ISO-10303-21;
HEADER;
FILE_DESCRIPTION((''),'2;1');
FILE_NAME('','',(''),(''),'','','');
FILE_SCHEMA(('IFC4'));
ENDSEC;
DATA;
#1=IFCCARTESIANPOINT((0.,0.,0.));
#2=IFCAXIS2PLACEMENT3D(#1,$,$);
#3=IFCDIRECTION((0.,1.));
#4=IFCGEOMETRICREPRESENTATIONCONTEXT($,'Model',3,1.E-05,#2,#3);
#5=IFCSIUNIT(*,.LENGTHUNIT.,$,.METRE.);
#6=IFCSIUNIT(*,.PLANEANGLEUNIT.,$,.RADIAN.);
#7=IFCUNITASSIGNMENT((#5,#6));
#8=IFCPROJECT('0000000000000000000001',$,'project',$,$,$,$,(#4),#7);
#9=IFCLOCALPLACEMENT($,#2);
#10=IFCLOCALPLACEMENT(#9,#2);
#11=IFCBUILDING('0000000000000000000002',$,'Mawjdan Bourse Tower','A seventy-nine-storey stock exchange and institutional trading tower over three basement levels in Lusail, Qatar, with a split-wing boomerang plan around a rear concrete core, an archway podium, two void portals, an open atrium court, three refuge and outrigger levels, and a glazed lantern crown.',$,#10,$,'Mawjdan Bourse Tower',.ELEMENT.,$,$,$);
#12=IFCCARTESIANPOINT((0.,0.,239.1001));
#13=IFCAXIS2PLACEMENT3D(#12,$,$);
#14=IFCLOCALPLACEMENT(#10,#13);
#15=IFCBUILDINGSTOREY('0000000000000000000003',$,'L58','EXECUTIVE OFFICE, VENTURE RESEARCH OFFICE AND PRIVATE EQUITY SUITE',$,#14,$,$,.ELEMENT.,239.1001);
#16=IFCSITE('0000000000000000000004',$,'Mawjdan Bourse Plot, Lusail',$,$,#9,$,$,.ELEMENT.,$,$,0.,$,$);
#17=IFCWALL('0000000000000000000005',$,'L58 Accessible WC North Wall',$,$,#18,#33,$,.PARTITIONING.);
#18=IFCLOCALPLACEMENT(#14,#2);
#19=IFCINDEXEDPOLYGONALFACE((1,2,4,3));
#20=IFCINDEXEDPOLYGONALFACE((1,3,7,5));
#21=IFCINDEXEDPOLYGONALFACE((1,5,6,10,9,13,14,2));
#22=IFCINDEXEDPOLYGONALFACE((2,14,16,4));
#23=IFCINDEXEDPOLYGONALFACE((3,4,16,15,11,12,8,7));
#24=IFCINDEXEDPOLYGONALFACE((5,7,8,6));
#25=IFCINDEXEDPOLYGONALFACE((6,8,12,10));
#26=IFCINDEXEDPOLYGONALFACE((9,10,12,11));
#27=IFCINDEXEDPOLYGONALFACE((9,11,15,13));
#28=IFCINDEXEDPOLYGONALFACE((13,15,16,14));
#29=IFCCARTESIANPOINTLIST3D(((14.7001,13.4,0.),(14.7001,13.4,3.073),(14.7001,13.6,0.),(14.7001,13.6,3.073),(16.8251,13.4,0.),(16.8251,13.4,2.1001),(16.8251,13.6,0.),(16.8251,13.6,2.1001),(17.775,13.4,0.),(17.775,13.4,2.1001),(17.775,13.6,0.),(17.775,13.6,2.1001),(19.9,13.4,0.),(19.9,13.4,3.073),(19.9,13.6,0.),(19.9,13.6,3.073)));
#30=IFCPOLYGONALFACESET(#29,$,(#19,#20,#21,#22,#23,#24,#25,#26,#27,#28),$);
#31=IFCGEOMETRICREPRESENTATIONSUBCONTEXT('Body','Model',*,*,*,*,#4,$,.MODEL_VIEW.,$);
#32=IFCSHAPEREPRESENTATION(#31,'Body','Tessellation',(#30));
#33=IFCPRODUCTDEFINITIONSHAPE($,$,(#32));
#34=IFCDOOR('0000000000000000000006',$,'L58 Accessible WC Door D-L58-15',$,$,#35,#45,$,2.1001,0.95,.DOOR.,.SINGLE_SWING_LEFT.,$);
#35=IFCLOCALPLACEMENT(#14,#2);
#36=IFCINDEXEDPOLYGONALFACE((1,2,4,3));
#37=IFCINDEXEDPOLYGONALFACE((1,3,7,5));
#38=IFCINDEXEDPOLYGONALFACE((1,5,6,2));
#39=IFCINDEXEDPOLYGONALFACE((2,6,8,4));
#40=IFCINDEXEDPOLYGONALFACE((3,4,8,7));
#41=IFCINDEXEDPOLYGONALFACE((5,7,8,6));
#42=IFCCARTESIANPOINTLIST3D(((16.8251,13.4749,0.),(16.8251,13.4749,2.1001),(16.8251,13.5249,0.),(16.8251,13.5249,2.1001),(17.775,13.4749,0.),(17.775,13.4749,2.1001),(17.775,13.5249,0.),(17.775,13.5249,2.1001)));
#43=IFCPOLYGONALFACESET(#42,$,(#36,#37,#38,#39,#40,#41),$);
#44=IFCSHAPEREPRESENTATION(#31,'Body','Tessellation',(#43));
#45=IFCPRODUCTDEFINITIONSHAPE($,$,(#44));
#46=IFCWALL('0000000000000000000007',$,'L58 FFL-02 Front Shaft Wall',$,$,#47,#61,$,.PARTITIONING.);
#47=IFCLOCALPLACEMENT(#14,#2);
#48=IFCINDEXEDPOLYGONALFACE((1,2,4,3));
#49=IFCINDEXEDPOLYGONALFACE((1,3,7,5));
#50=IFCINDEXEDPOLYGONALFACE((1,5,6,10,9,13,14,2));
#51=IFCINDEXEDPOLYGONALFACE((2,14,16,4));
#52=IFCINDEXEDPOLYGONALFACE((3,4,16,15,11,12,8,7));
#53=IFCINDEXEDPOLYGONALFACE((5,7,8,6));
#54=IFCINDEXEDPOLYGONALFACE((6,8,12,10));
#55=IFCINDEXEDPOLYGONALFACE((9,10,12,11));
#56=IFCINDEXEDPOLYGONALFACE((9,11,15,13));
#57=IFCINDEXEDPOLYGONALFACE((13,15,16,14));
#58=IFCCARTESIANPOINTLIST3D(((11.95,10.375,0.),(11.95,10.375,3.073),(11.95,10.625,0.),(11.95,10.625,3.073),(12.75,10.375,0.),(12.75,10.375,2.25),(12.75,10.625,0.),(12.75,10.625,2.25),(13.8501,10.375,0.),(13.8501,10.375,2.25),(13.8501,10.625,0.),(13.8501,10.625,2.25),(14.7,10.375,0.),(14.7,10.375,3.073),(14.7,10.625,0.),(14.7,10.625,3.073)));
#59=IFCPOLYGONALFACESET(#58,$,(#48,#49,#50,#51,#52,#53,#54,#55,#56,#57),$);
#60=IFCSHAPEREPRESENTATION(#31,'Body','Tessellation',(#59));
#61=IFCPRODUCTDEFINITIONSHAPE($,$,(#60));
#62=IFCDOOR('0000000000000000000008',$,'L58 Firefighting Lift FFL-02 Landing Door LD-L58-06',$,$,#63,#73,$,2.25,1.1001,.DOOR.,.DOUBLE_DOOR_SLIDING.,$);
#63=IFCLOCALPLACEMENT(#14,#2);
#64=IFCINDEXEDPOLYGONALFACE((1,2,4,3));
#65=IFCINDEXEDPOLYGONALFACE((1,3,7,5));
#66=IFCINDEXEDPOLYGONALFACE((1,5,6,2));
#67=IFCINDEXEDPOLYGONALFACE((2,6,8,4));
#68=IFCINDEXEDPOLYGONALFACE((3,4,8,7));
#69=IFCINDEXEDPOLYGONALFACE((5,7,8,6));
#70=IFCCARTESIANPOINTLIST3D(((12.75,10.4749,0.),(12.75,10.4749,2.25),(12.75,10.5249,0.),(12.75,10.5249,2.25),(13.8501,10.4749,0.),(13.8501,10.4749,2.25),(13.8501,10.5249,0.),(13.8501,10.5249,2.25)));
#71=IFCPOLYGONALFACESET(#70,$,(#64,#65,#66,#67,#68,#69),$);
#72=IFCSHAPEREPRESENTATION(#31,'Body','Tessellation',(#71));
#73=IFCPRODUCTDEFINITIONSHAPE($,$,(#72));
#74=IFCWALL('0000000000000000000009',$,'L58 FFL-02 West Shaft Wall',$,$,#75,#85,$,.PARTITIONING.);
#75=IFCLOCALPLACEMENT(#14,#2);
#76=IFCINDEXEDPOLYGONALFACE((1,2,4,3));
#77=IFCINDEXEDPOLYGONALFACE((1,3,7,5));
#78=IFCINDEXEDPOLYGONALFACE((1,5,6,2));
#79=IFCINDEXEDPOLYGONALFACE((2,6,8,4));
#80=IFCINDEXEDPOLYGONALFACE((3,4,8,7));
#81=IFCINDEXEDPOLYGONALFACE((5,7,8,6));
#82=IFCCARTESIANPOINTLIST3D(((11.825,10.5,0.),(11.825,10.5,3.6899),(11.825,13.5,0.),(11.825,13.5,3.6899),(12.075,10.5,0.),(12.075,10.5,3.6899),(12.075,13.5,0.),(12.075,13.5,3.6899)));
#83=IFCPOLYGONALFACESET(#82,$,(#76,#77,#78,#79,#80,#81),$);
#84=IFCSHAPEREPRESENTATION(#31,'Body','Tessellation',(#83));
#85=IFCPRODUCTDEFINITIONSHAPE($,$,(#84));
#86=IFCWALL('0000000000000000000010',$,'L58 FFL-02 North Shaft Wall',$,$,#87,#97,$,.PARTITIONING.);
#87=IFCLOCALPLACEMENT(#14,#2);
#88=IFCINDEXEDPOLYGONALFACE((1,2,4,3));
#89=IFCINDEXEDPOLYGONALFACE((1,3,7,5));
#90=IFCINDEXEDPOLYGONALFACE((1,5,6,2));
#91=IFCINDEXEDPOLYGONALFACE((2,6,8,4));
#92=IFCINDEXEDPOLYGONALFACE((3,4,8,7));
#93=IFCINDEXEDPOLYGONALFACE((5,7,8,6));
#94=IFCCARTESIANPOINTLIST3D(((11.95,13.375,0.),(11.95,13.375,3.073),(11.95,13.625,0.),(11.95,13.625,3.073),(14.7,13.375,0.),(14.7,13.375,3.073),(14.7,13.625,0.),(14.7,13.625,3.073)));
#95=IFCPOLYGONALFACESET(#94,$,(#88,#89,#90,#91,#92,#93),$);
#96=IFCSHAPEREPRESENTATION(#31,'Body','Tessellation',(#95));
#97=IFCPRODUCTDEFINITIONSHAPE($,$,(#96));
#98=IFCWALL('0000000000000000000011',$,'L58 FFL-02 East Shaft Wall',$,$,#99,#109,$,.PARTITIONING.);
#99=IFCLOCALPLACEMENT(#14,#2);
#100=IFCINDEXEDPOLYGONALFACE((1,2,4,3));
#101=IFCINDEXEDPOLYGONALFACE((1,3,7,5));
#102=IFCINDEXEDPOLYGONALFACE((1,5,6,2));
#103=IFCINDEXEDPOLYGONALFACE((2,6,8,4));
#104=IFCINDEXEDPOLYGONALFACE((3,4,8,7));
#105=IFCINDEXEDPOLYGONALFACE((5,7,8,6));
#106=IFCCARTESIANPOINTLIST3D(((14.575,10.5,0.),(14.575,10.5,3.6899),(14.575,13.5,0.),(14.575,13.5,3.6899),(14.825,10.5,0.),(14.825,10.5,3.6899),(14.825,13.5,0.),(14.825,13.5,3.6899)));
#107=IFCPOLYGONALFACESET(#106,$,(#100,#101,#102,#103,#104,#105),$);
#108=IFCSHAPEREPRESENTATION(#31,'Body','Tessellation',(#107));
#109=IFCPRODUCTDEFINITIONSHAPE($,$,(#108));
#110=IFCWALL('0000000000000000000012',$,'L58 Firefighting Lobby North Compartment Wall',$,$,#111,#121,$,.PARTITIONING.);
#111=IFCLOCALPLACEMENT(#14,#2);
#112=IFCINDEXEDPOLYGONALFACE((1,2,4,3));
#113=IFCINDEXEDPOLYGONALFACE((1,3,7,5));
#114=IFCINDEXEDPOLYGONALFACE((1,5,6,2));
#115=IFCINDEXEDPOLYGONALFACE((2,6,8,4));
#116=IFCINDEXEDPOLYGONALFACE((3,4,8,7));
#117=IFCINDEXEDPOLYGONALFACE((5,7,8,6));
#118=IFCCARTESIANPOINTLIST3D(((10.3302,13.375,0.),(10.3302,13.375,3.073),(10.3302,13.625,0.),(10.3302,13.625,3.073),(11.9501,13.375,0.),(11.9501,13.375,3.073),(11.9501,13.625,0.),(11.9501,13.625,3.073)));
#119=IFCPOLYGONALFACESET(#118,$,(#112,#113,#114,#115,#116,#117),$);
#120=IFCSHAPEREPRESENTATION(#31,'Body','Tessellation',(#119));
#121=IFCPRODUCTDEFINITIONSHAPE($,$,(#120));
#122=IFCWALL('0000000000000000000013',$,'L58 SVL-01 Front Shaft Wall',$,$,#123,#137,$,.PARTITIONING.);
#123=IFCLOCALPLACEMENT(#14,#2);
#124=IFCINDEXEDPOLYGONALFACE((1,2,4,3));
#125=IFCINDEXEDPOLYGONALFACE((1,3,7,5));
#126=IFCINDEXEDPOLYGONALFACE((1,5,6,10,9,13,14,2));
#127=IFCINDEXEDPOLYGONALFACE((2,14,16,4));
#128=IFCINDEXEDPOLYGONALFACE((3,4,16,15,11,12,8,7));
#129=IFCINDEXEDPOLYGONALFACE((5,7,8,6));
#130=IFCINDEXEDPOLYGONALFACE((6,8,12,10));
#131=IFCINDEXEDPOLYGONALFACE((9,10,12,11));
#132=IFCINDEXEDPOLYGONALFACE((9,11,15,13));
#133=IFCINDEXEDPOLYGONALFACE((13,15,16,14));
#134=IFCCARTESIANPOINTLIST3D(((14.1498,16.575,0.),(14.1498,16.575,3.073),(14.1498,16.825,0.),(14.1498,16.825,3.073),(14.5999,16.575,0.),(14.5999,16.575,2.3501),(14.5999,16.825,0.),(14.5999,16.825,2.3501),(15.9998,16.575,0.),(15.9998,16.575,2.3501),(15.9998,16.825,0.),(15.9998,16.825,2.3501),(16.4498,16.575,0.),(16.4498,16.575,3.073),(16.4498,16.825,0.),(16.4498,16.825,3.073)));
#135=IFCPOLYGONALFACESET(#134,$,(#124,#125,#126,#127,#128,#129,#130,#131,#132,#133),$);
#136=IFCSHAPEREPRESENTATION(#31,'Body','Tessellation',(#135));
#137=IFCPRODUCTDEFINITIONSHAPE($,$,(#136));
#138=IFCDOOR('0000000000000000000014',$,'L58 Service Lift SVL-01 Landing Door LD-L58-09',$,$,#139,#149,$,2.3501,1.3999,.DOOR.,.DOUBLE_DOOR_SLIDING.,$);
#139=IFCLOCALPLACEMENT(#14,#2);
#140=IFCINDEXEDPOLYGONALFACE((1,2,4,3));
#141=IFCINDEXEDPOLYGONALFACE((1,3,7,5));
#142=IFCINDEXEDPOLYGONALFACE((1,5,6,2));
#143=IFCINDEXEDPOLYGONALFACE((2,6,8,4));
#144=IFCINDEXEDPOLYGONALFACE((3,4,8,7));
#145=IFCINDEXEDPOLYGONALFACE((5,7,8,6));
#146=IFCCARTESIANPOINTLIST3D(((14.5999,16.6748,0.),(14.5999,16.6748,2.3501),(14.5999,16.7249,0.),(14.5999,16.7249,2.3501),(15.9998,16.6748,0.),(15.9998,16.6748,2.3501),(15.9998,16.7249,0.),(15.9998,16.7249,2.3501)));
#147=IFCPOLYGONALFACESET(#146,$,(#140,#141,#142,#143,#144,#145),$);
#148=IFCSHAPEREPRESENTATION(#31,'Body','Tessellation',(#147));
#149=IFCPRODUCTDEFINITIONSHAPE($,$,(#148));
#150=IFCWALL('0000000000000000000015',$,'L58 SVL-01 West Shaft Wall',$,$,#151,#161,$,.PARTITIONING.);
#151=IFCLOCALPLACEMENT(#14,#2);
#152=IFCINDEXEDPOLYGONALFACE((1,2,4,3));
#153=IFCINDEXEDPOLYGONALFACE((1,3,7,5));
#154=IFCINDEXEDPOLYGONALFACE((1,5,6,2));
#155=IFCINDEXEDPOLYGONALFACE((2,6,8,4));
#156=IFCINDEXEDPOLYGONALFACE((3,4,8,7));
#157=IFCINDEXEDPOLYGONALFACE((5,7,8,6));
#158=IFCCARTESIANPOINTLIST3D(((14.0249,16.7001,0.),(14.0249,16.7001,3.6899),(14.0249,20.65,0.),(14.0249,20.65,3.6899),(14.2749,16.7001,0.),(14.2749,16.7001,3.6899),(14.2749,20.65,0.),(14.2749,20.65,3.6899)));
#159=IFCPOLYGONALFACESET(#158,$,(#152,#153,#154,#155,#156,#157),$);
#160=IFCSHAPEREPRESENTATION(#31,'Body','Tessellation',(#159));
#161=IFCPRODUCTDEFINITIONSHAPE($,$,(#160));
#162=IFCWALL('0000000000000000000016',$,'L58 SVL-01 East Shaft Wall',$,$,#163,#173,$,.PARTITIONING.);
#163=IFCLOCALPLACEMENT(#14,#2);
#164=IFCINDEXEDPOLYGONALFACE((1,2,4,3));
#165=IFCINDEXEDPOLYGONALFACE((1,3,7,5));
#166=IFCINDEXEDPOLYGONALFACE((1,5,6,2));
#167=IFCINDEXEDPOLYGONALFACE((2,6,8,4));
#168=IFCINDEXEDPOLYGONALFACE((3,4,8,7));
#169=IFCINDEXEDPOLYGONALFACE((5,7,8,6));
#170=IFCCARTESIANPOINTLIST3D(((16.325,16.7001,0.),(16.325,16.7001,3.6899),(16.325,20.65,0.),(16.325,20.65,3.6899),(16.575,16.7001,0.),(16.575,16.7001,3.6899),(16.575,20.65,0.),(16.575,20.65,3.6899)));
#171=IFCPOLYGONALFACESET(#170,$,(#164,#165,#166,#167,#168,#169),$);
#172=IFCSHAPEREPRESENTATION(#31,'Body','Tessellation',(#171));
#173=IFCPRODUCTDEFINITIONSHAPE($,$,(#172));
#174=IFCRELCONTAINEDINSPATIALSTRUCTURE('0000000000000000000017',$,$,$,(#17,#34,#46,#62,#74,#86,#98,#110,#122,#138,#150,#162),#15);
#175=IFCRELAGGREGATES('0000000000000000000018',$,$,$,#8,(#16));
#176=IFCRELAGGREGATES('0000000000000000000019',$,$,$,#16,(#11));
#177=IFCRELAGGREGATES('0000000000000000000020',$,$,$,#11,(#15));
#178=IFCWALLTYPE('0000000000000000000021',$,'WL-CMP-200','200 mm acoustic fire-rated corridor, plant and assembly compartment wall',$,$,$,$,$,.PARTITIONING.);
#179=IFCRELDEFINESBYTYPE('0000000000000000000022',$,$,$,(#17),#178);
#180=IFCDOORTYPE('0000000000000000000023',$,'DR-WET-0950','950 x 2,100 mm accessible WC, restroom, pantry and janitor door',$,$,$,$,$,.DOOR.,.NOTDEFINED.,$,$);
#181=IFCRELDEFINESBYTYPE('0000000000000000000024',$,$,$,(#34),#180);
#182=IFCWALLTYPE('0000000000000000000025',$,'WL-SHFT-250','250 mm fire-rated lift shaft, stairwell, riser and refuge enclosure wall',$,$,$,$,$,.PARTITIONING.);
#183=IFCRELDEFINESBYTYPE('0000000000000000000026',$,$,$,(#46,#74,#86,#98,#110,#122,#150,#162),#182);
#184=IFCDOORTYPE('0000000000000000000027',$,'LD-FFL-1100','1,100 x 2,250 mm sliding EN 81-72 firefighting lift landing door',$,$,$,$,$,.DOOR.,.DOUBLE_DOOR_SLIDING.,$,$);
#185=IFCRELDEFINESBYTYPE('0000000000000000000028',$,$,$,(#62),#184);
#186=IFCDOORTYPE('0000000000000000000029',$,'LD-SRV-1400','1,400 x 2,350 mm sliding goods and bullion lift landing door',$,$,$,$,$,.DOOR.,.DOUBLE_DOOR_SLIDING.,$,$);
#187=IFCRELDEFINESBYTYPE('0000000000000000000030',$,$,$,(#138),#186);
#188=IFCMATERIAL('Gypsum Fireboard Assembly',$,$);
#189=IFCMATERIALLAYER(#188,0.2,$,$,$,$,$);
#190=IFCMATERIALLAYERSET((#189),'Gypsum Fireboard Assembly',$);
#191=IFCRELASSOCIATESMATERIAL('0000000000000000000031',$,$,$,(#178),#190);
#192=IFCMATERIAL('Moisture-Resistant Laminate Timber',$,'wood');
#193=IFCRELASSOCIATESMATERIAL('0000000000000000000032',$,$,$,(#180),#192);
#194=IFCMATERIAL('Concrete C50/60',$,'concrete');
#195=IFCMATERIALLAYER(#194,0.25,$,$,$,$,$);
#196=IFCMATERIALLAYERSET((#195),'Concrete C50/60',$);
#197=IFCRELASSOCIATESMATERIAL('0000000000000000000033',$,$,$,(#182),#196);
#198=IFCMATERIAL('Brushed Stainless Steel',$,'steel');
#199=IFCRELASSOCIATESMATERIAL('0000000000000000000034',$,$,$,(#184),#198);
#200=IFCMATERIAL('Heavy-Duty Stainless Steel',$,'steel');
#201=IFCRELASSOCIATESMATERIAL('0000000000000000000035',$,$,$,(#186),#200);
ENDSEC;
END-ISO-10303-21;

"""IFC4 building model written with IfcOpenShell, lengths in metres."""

from ifc_helpers import new_model, si_unit, direction, frame, frame_2d, origin, place, context, subcontext, project, spatial, rectangle, extrude, material, layer, layer_set, type_object, element, fill, save


model = new_model("IFC4")

# Units and contexts
model_context = context("Model", 3, precision=1e-05, world=origin(), true_north=direction((0.0, 1.0)))
body_context = subcontext(model_context, "Body", "Model", "MODEL_VIEW")
ifc_project = project(units=[si_unit("LENGTHUNIT", "METRE"), si_unit("PLANEANGLEUNIT", "RADIAN")], contexts=[model_context])

# Site, building, storey
site_placement = place(None, origin())
site = spatial("IfcSite", under=ifc_project, at=site_placement, Name="Mawjdan Bourse Plot, Lusail", CompositionType="ELEMENT", RefElevation=0.0)
building_placement = place(site_placement, origin())
building = spatial("IfcBuilding", under=site, at=building_placement, Name="Mawjdan Bourse Tower", Description="A seventy-nine-storey stock exchange and institutional trading tower over three basement levels in Lusail, Qatar, with a split-wing boomerang plan around a rear concrete core, an archway podium, two void portals, an open atrium court, three refuge and outrigger levels, and a glazed lantern crown.", LongName="Mawjdan Bourse Tower", CompositionType="ELEMENT")
storey_placement = place(building_placement, frame((0.0, 0.0, 239.1001)))
storey = spatial("IfcBuildingStorey", under=building, at=storey_placement, Name="L58", Description="EXECUTIVE OFFICE, VENTURE RESEARCH OFFICE AND PRIVATE EQUITY SUITE", CompositionType="ELEMENT", Elevation=239.1001)

# Shared definitions
ifc_material_1 = material(Name="Gypsum Fireboard Assembly")
ifc_layer_1 = layer(ifc_material_1, 0.2)
ifc_layer_set_1 = layer_set([ifc_layer_1], Name="Gypsum Fireboard Assembly")
wall_type_1 = type_object("IfcWallType", Name="WL-CMP-200", Description="200 mm acoustic fire-rated corridor, plant and assembly compartment wall", PredefinedType="PARTITIONING", material=ifc_layer_set_1)

# Walls, openings, doors
wall_1_placement = place(storey_placement, frame((14.7, 13.5, 0.0), z_axis=(0.0, 0.0, 1.0), x_axis=(1.0, 0.0, 0.0)))
wall_1 = element("IfcWall", 1, at=wall_1_placement, inside=storey, type_object=wall_type_1, Name="L58 Accessible WC North Wall", PredefinedType="PARTITIONING", context=body_context, shape_type="SweptSolid", body=[
    extrude(rectangle(XDim=5.2, YDim=0.2, at=frame_2d((2.6001, 0.0))), origin(), (0.0, 0.0, 1.0), 3.073),
])
opening_1_placement = place(wall_1_placement, frame((2.125, 0.0, 0.0)))
opening_1 = element("IfcOpeningElement", 2, at=opening_1_placement, cuts=wall_1, PredefinedType="OPENING", context=body_context, shape_type="SweptSolid", body=[
    extrude(rectangle(XDim=0.95, YDim=2.1001, at=frame_2d((0.4751, 1.05))), frame((0.0, 0.1099, 0.0), z_axis=(0.0, -1.0, 0.0), x_axis=(1.0, 0.0, 0.0)), (0.0, 0.0, 1.0), 0.22),
])
ifc_material_2 = material(Name="Moisture-Resistant Laminate Timber", Category="wood")
door_type_1 = type_object("IfcDoorType", Name="DR-WET-0950", Description="950 x 2,100 mm accessible WC, restroom, pantry and janitor door", OperationType="NOTDEFINED", PredefinedType="DOOR", material=ifc_material_2)
door_1_placement = place(opening_1_placement, origin())
door_1 = element("IfcDoor", 3, at=door_1_placement, inside=storey, type_object=door_type_1, Name="L58 Accessible WC Door D-L58-15", OperationType="SINGLE_SWING_LEFT", OverallHeight=2.1001, OverallWidth=0.95, PredefinedType="DOOR", context=body_context, shape_type="SweptSolid", body=[
    extrude(rectangle(XDim=0.95, YDim=2.1001, at=frame_2d((0.4751, 1.05))), frame((0.0, 0.0249, 0.0), z_axis=(0.0, -1.0, 0.0), x_axis=(1.0, 0.0, 0.0)), (0.0, 0.0, 1.0), 0.05),
])
fill(opening_1, door_1)
ifc_material_3 = material(Name="Concrete C50/60", Category="concrete")
ifc_layer_2 = layer(ifc_material_3, 0.25)
ifc_layer_set_2 = layer_set([ifc_layer_2], Name="Concrete C50/60")
wall_type_2 = type_object("IfcWallType", Name="WL-SHFT-250", Description="250 mm fire-rated lift shaft, stairwell, riser and refuge enclosure wall", PredefinedType="PARTITIONING", material=ifc_layer_set_2)
wall_2_placement = place(storey_placement, frame((11.95, 10.5, 0.0), z_axis=(0.0, 0.0, 1.0), x_axis=(1.0, 0.0, 0.0)))
wall_2 = element("IfcWall", 4, at=wall_2_placement, inside=storey, type_object=wall_type_2, Name="L58 FFL-02 Front Shaft Wall", PredefinedType="PARTITIONING", context=body_context, shape_type="SweptSolid", body=[
    extrude(rectangle(XDim=2.75, YDim=0.25, at=frame_2d((1.375, 0.0))), origin(), (0.0, 0.0, 1.0), 3.073),
])
opening_2_placement = place(wall_2_placement, frame((0.8, 0.0, 0.0)))
opening_2 = element("IfcOpeningElement", 5, at=opening_2_placement, cuts=wall_2, PredefinedType="OPENING", context=body_context, shape_type="SweptSolid", body=[
    extrude(rectangle(XDim=1.1001, YDim=2.25, at=frame_2d((0.55, 1.125))), frame((0.0, 0.135, 0.0), z_axis=(0.0, -1.0, 0.0), x_axis=(1.0, 0.0, 0.0)), (0.0, 0.0, 1.0), 0.27),
])
ifc_material_4 = material(Name="Brushed Stainless Steel", Category="steel")
door_type_2 = type_object("IfcDoorType", Name="LD-FFL-1100", Description="1,100 x 2,250 mm sliding EN 81-72 firefighting lift landing door", OperationType="DOUBLE_DOOR_SLIDING", PredefinedType="DOOR", material=ifc_material_4)
door_2_placement = place(opening_2_placement, origin())
door_2 = element("IfcDoor", 6, at=door_2_placement, inside=storey, type_object=door_type_2, Name="L58 Firefighting Lift FFL-02 Landing Door LD-L58-06", OperationType="DOUBLE_DOOR_SLIDING", OverallHeight=2.25, OverallWidth=1.1001, PredefinedType="DOOR", context=body_context, shape_type="SweptSolid", body=[
    extrude(rectangle(XDim=1.1001, YDim=2.25, at=frame_2d((0.55, 1.125))), frame((0.0, 0.0249, 0.0), z_axis=(0.0, -1.0, 0.0), x_axis=(1.0, 0.0, 0.0)), (0.0, 0.0, 1.0), 0.05),
])
fill(opening_2, door_2)

# Walls
wall_3_placement = place(storey_placement, frame((11.95, 10.5, 0.0), z_axis=(0.0, 0.0, 1.0), x_axis=(0.0, 1.0, 0.0)))
element("IfcWall", 7, at=wall_3_placement, inside=storey, type_object=wall_type_2, Name="L58 FFL-02 West Shaft Wall", PredefinedType="PARTITIONING", context=body_context, shape_type="SweptSolid", body=[
    extrude(rectangle(XDim=3.0, YDim=0.25, at=frame_2d((1.5, 0.0))), origin(), (0.0, 0.0, 1.0), 3.6899),
])
wall_4_placement = place(storey_placement, frame((11.95, 13.5, 0.0), z_axis=(0.0, 0.0, 1.0), x_axis=(1.0, 0.0, 0.0)))
element("IfcWall", 8, at=wall_4_placement, inside=storey, type_object=wall_type_2, Name="L58 FFL-02 North Shaft Wall", PredefinedType="PARTITIONING", context=body_context, shape_type="SweptSolid", body=[
    extrude(rectangle(XDim=2.75, YDim=0.25, at=frame_2d((1.375, 0.0))), origin(), (0.0, 0.0, 1.0), 3.073),
])
wall_5_placement = place(storey_placement, frame((14.7, 10.5, 0.0), z_axis=(0.0, 0.0, 1.0), x_axis=(0.0, 1.0, 0.0)))
element("IfcWall", 9, at=wall_5_placement, inside=storey, type_object=wall_type_2, Name="L58 FFL-02 East Shaft Wall", PredefinedType="PARTITIONING", context=body_context, shape_type="SweptSolid", body=[
    extrude(rectangle(XDim=3.0, YDim=0.25, at=frame_2d((1.5, 0.0))), origin(), (0.0, 0.0, 1.0), 3.6899),
])
wall_6_placement = place(storey_placement, frame((10.3301, 13.5, 0.0), z_axis=(0.0, 0.0, 1.0), x_axis=(1.0, 0.0, 0.0)))
element("IfcWall", 10, at=wall_6_placement, inside=storey, type_object=wall_type_2, Name="L58 Firefighting Lobby North Compartment Wall", PredefinedType="PARTITIONING", context=body_context, shape_type="SweptSolid", body=[
    extrude(rectangle(XDim=1.6199, YDim=0.25, at=frame_2d((0.8101, 0.0))), origin(), (0.0, 0.0, 1.0), 3.073),
])

# Wall, opening, door
wall_7_placement = place(storey_placement, frame((14.1499, 16.7, 0.0), z_axis=(0.0, 0.0, 1.0), x_axis=(1.0, 0.0, 0.0)))
wall_7 = element("IfcWall", 11, at=wall_7_placement, inside=storey, type_object=wall_type_2, Name="L58 SVL-01 Front Shaft Wall", PredefinedType="PARTITIONING", context=body_context, shape_type="SweptSolid", body=[
    extrude(rectangle(XDim=2.3, YDim=0.25, at=frame_2d((1.1499, 0.0))), origin(), (0.0, 0.0, 1.0), 3.073),
])
opening_3_placement = place(wall_7_placement, frame((0.45, 0.0, 0.0)))
opening_3 = element("IfcOpeningElement", 12, at=opening_3_placement, cuts=wall_7, PredefinedType="OPENING", context=body_context, shape_type="SweptSolid", body=[
    extrude(rectangle(XDim=1.3999, YDim=2.3501, at=frame_2d((0.7, 1.175))), frame((0.0, 0.135, 0.0), z_axis=(0.0, -1.0, 0.0), x_axis=(1.0, 0.0, 0.0)), (0.0, 0.0, 1.0), 0.27),
])
ifc_material_5 = material(Name="Heavy-Duty Stainless Steel", Category="steel")
door_type_3 = type_object("IfcDoorType", Name="LD-SRV-1400", Description="1,400 x 2,350 mm sliding goods and bullion lift landing door", OperationType="DOUBLE_DOOR_SLIDING", PredefinedType="DOOR", material=ifc_material_5)
door_3_placement = place(opening_3_placement, origin())
door_3 = element("IfcDoor", 13, at=door_3_placement, inside=storey, type_object=door_type_3, Name="L58 Service Lift SVL-01 Landing Door LD-L58-09", OperationType="DOUBLE_DOOR_SLIDING", OverallHeight=2.3501, OverallWidth=1.3999, PredefinedType="DOOR", context=body_context, shape_type="SweptSolid", body=[
    extrude(rectangle(XDim=1.3999, YDim=2.3501, at=frame_2d((0.7, 1.175))), frame((0.0, 0.0249, 0.0), z_axis=(0.0, -1.0, 0.0), x_axis=(1.0, 0.0, 0.0)), (0.0, 0.0, 1.0), 0.05),
])
fill(opening_3, door_3)

# Walls
for number, where, z_axis, x_axis, name in (
    (14, (14.1499, 16.7, 0.0), (0.0, 0.0, 1.0), (0.0, 1.0, 0.0), "L58 SVL-01 West Shaft Wall"),
    (15, (16.45, 16.7, 0.0), (0.0, 0.0, 1.0), (0.0, 1.0, 0.0), "L58 SVL-01 East Shaft Wall"),
):
    element("IfcWall", number, at=place(storey_placement, frame(where, z_axis=z_axis, x_axis=x_axis)), inside=storey, type_object=wall_type_2, Name=name, PredefinedType="PARTITIONING", context=body_context, shape_type="SweptSolid", body=[
        extrude(rectangle(XDim=3.95, YDim=0.25, at=frame_2d((1.9751, 0.0))), origin(), (0.0, 0.0, 1.0), 3.6899),
    ])

save(model, "model.ifc")
